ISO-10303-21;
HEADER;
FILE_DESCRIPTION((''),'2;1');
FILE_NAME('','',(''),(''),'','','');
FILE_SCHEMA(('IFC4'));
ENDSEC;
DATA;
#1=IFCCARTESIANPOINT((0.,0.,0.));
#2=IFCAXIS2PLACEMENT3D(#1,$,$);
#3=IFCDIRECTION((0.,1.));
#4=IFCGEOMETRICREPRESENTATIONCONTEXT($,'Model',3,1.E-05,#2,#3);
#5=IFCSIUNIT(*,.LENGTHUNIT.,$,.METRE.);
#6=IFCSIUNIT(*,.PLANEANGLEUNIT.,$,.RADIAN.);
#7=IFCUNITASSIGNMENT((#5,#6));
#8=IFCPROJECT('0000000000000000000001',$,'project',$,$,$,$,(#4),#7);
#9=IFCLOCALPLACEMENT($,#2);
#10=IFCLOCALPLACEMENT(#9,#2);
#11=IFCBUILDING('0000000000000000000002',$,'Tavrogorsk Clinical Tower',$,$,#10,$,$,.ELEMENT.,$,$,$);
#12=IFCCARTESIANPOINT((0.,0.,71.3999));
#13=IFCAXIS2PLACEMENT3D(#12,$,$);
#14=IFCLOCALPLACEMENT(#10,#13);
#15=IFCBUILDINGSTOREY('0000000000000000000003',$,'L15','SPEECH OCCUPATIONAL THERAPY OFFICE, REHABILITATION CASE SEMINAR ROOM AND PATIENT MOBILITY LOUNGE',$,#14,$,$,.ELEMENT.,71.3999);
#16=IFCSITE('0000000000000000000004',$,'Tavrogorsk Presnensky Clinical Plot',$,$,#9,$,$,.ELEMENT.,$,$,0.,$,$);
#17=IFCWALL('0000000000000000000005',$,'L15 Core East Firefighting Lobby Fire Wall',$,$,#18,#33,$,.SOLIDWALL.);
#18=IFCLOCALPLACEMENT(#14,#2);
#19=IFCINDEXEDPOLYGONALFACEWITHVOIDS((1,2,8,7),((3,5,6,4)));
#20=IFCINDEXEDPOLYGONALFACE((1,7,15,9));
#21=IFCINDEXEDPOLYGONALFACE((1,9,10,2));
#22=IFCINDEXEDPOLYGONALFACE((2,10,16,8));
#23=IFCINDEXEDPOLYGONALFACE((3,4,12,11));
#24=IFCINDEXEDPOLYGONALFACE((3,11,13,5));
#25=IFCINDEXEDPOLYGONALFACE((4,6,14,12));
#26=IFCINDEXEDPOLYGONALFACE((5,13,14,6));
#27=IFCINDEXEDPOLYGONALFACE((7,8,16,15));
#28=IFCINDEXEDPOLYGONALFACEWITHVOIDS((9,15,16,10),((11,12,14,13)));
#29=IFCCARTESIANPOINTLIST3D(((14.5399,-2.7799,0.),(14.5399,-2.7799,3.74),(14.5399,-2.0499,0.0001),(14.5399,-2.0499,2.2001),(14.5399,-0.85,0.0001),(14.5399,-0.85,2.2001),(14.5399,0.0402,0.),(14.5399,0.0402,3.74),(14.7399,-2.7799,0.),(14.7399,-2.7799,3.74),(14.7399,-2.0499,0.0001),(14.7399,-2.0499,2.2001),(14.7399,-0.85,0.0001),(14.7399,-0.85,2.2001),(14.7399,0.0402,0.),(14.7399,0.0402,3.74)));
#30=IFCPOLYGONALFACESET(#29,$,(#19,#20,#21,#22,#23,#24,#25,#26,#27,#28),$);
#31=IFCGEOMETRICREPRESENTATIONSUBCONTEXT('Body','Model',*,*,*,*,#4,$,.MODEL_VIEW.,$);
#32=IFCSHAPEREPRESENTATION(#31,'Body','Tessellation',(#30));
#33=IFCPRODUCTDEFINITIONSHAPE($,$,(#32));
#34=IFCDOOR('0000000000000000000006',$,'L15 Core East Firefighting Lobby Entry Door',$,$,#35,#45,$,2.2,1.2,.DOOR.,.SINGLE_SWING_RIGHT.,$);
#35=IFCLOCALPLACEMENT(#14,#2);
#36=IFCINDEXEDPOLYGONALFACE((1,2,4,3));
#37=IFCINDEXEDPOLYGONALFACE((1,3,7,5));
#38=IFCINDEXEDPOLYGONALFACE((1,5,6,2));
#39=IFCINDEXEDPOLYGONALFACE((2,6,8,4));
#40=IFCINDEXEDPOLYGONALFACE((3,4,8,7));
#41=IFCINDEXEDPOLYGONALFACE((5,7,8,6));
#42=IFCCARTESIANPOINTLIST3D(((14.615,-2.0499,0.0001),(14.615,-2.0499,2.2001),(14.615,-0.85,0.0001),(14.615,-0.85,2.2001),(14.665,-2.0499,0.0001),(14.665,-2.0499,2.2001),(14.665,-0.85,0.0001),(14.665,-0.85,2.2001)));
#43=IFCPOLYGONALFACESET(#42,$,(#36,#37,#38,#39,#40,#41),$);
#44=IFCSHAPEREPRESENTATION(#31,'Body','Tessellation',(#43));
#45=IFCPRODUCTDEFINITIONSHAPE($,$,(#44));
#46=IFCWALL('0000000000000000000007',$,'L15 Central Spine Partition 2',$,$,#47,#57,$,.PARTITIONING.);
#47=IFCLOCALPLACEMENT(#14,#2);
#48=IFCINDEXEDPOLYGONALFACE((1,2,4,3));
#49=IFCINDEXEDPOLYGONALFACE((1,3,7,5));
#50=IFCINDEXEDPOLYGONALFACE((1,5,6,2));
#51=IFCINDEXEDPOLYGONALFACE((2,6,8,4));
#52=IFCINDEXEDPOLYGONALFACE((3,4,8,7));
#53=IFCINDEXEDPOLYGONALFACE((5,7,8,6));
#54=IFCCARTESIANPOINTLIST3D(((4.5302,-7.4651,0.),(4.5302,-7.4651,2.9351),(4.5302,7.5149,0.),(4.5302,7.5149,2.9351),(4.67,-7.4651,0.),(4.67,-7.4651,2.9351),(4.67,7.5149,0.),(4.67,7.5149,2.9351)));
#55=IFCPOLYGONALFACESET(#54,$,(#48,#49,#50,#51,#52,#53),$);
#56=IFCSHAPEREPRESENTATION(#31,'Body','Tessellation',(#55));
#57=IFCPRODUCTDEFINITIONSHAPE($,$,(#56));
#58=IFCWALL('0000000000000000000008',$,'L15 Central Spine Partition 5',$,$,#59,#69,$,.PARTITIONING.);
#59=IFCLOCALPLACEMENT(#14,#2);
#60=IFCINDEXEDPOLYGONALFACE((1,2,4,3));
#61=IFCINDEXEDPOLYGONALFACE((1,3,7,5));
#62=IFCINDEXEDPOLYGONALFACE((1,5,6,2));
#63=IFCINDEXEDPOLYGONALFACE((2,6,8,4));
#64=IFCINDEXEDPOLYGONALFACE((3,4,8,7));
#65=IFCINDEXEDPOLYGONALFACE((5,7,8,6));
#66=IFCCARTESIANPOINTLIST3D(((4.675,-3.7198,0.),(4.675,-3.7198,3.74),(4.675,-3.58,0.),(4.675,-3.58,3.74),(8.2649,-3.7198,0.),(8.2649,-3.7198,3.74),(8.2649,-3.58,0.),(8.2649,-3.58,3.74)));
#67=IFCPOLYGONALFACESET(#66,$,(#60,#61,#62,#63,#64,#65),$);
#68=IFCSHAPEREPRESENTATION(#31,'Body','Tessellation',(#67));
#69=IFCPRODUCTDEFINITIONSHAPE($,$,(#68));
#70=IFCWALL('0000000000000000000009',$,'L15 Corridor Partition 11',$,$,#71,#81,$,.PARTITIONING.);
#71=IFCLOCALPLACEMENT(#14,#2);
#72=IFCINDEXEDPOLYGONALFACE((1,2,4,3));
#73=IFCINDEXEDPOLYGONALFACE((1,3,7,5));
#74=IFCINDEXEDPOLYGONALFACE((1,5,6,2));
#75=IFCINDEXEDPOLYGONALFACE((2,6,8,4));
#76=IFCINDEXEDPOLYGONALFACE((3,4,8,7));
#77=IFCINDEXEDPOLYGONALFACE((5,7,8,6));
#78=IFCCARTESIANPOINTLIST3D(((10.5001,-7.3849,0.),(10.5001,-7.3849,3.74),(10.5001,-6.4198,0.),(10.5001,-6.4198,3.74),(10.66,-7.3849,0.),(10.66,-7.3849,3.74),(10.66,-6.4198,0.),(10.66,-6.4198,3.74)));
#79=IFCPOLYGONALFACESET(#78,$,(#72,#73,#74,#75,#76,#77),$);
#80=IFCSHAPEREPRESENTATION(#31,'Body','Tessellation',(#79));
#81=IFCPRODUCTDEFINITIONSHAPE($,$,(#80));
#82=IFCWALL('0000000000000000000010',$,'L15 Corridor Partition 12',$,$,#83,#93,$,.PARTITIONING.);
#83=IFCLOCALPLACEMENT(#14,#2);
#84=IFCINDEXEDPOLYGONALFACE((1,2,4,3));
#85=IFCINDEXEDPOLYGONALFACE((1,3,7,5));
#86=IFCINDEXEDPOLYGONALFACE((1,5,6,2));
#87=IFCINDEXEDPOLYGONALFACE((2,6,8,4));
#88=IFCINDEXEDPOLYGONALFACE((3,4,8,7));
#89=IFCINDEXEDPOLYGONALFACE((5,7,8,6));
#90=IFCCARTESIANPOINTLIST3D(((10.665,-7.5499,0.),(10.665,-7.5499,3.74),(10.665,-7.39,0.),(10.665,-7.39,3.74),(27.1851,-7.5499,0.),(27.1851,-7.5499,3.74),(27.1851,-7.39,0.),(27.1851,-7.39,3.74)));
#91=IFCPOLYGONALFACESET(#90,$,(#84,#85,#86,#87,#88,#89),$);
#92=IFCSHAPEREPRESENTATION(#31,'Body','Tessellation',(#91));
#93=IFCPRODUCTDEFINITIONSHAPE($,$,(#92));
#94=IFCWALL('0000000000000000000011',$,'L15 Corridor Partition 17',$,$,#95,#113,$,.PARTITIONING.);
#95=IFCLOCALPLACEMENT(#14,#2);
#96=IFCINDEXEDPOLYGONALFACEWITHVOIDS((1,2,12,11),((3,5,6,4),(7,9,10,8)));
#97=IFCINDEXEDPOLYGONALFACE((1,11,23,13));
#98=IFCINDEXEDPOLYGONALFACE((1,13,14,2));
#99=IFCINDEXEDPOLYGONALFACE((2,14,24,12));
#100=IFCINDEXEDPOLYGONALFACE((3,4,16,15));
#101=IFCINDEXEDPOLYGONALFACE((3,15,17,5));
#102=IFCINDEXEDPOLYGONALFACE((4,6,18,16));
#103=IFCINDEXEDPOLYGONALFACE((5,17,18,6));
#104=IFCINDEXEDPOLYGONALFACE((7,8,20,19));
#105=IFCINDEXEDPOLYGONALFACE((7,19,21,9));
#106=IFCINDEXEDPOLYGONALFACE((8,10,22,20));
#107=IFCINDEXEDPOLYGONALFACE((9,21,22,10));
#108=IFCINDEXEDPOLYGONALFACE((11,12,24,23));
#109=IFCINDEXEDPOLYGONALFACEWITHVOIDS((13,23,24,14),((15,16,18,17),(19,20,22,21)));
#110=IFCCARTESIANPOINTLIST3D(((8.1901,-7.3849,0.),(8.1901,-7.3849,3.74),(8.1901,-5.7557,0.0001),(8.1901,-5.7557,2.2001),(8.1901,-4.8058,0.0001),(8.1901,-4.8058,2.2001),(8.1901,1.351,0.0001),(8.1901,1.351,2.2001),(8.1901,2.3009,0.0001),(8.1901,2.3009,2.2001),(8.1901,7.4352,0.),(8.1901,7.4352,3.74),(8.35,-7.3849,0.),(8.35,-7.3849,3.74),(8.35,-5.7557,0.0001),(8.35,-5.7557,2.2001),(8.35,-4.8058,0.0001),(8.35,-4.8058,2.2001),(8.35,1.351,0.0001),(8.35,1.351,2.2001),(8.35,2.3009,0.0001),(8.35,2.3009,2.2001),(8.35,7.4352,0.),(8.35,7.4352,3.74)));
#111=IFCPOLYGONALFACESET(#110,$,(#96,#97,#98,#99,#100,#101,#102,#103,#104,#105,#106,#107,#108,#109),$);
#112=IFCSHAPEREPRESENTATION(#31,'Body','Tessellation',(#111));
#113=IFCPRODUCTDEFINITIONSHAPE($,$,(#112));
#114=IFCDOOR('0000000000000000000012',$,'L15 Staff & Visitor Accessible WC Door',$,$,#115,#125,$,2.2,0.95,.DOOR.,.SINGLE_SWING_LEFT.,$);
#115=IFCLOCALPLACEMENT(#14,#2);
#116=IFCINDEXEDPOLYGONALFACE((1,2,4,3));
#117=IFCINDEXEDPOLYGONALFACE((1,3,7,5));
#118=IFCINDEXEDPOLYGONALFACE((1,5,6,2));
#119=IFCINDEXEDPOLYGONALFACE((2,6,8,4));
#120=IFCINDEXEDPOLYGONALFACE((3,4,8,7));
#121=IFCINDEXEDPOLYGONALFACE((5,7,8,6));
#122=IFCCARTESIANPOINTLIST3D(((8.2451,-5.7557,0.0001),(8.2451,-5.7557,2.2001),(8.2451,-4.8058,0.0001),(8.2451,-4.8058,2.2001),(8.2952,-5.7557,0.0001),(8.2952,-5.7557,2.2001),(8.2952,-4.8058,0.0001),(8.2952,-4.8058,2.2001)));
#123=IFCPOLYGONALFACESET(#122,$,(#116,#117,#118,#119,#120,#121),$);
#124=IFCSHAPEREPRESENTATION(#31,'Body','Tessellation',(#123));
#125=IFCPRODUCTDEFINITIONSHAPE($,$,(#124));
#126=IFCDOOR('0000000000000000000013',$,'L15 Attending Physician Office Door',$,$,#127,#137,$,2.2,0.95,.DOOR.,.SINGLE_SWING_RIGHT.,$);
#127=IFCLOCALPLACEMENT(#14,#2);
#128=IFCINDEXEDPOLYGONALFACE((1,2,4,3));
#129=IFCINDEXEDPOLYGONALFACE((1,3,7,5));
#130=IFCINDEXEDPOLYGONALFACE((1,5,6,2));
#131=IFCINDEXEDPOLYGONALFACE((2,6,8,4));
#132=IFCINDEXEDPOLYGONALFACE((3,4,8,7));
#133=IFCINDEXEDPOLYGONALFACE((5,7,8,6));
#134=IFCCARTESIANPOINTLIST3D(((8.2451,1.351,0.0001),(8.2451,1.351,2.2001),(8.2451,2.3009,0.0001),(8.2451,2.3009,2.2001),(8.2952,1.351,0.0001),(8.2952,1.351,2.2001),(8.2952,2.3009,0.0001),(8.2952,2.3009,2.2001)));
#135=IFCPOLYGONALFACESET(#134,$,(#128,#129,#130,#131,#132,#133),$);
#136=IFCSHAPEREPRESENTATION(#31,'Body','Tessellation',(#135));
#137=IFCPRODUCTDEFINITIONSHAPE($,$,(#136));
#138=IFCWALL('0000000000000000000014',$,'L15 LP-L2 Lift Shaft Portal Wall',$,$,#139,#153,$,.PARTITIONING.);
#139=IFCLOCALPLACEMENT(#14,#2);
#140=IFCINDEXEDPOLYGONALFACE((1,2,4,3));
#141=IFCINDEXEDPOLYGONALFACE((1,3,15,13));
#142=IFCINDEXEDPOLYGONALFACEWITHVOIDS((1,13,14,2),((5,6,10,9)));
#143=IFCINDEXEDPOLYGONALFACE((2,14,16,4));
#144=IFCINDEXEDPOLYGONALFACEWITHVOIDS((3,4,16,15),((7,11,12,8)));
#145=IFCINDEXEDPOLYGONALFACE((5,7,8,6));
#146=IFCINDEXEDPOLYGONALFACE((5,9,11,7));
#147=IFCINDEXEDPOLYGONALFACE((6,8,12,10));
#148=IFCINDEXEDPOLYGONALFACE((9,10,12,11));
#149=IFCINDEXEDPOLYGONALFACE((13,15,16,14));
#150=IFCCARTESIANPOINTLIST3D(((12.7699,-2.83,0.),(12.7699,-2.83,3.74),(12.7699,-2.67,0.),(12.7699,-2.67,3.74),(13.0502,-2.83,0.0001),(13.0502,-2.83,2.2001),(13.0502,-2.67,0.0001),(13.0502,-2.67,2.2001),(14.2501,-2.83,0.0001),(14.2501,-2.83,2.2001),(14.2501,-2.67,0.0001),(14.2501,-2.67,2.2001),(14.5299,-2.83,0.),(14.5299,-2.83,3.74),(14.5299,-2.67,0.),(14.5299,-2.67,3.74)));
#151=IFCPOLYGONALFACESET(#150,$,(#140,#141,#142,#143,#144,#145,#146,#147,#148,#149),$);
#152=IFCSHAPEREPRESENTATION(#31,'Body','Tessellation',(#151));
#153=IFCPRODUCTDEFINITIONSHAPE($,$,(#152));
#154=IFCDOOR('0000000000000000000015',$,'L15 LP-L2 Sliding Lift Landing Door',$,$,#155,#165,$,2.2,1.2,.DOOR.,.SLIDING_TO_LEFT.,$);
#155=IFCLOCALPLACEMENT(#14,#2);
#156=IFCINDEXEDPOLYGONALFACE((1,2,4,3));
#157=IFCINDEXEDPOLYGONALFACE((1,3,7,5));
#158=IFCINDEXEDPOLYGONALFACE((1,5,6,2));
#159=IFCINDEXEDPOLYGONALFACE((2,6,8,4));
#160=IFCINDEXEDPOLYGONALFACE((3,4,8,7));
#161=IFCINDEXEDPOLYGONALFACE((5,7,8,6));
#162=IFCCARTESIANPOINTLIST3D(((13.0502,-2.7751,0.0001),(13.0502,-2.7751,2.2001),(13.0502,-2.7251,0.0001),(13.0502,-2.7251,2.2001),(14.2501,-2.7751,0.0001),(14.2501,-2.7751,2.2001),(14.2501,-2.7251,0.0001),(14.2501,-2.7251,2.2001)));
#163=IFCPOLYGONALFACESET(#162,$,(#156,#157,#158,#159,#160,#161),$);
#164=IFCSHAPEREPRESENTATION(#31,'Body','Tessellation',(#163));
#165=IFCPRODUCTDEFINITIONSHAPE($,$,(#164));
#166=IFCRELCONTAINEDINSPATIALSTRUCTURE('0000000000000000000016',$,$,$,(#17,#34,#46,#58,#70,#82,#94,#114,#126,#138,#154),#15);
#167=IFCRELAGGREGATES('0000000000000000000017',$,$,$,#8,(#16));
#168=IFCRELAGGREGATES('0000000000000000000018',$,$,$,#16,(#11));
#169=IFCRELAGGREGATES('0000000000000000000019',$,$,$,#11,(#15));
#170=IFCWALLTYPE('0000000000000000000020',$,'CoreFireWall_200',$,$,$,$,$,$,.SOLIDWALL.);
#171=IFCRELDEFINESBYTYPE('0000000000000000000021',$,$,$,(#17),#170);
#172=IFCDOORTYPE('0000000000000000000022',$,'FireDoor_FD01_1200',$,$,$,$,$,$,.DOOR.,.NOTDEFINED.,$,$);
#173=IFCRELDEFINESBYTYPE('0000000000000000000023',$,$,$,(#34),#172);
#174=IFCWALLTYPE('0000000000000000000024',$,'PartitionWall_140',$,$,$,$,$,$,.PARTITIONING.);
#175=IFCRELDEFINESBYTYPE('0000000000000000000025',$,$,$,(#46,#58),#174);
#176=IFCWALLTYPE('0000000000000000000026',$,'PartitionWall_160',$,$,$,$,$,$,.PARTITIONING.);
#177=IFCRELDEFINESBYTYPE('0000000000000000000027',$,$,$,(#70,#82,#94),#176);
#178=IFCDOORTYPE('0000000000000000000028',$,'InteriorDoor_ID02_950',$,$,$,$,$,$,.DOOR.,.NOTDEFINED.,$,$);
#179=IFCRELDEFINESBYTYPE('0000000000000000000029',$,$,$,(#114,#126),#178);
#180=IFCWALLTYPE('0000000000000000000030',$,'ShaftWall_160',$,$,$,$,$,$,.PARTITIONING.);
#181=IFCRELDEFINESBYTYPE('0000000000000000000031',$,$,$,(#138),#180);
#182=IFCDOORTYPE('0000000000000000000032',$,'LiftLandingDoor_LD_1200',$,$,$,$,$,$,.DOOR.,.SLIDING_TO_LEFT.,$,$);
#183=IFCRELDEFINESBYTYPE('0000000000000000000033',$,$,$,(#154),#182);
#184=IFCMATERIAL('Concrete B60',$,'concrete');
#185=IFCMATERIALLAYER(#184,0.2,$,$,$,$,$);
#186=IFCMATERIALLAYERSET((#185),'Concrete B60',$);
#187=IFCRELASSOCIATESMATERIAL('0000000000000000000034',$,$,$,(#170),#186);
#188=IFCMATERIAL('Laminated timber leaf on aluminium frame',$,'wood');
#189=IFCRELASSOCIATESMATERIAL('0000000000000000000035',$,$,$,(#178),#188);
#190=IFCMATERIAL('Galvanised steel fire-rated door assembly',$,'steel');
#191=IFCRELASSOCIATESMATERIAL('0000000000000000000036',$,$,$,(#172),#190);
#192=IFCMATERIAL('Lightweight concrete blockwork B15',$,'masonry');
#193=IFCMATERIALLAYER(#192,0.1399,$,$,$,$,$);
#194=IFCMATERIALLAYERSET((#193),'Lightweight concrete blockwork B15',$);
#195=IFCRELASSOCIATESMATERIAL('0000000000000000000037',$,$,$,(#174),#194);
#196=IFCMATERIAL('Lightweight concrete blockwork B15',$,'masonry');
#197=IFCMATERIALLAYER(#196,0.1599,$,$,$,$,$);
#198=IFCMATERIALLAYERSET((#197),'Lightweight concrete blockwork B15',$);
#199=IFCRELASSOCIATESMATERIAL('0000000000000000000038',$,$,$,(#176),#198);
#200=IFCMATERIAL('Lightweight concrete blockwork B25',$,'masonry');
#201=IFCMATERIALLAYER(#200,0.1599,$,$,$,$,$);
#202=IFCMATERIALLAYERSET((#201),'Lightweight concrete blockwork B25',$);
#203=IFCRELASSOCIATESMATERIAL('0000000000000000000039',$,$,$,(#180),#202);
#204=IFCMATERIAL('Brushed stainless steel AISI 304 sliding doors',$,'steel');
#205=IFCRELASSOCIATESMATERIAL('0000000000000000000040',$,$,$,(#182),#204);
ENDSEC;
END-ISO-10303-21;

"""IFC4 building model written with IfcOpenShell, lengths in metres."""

from ifc_helpers import new_model, si_unit, direction, frame, frame_2d, origin, place, context, subcontext, project, spatial, rectangle, extrude, material, layer, layer_set, type_object, element, fill, save


model = new_model("IFC4")

# Units and contexts
model_context = context("Model", 3, precision=1e-05, world=origin(), true_north=direction((0.0, 1.0)))
body_context = subcontext(model_context, "Body", "Model", "MODEL_VIEW")
ifc_project = project(units=[si_unit("LENGTHUNIT", "METRE"), si_unit("PLANEANGLEUNIT", "RADIAN")], contexts=[model_context])

# Site, building, storey
site_placement = place(None, origin())
site = spatial("IfcSite", under=ifc_project, at=site_placement, Name="Tavrogorsk Presnensky Clinical Plot", CompositionType="ELEMENT", RefElevation=0.0)
building_placement = place(site_placement, origin())
building = spatial("IfcBuilding", under=site, at=building_placement, Name="Tavrogorsk Clinical Tower", CompositionType="ELEMENT")
storey_placement = place(building_placement, frame((0.0, 0.0, 71.3999)))
storey = spatial("IfcBuildingStorey", under=building, at=storey_placement, Name="L15", Description="SPEECH OCCUPATIONAL THERAPY OFFICE, REHABILITATION CASE SEMINAR ROOM AND PATIENT MOBILITY LOUNGE", CompositionType="ELEMENT", Elevation=71.3999)

# Wall, opening, door
ifc_material_1 = material(Name="Concrete B60", Category="concrete")
ifc_layer_1 = layer(ifc_material_1, 0.2)
ifc_layer_set_1 = layer_set([ifc_layer_1], Name="Concrete B60")
wall_type_1 = type_object("IfcWallType", Name="CoreFireWall_200", PredefinedType="SOLIDWALL", material=ifc_layer_set_1)
ifc_material_2 = material(Name="Laminated timber leaf on aluminium frame", Category="wood")
door_type_1 = type_object("IfcDoorType", Name="InteriorDoor_ID02_950", OperationType="NOTDEFINED", PredefinedType="DOOR", material=ifc_material_2)
wall_1_placement = place(storey_placement, frame((14.6399, -2.78, 0.0), z_axis=(0.0, 0.0, 1.0), x_axis=(0.0, 1.0, 0.0)))
wall_1 = element("IfcWall", 1, at=wall_1_placement, inside=storey, type_object=wall_type_1, Name="L15 Core East Firefighting Lobby Fire Wall", PredefinedType="SOLIDWALL", context=body_context, shape_type="SweptSolid", body=[
    extrude(rectangle(XDim=2.8201, YDim=0.2, at=frame_2d((1.4102, 0.0))), origin(), (0.0, 0.0, 1.0), 3.74),
])
opening_1_placement = place(wall_1_placement, frame((0.73, 0.0, 0.0)))
opening_1 = element("IfcOpeningElement", 2, at=opening_1_placement, cuts=wall_1, PredefinedType="OPENING", context=body_context, shape_type="SweptSolid", body=[
    extrude(rectangle(XDim=1.2, YDim=2.2, at=frame_2d((0.6001, 1.1001))), frame((0.0, 0.1099, 0.0), z_axis=(0.0, -1.0, 0.0), x_axis=(1.0, 0.0, 0.0)), (0.0, 0.0, 1.0), 0.22),
])
ifc_material_3 = material(Name="Galvanised steel fire-rated door assembly", Category="steel")
door_type_2 = type_object("IfcDoorType", Name="FireDoor_FD01_1200", OperationType="NOTDEFINED", PredefinedType="DOOR", material=ifc_material_3)
door_1_placement = place(opening_1_placement, origin())
door_1 = element("IfcDoor", 3, at=door_1_placement, inside=storey, type_object=door_type_2, Name="L15 Core East Firefighting Lobby Entry Door", OperationType="SINGLE_SWING_RIGHT", OverallHeight=2.2, OverallWidth=1.2, PredefinedType="DOOR", context=body_context, shape_type="SweptSolid", body=[
    extrude(rectangle(XDim=1.2, YDim=2.2, at=frame_2d((0.6001, 1.1001))), frame((0.0, 0.0249, 0.0), z_axis=(0.0, -1.0, 0.0), x_axis=(1.0, 0.0, 0.0)), (0.0, 0.0, 1.0), 0.05),
])
fill(opening_1, door_1)

# Walls
ifc_material_4 = material(Name="Lightweight concrete blockwork B15", Category="masonry")
ifc_layer_2 = layer(ifc_material_4, 0.1399)
ifc_layer_set_2 = layer_set([ifc_layer_2], Name="Lightweight concrete blockwork B15")
wall_type_2 = type_object("IfcWallType", Name="PartitionWall_140", PredefinedType="PARTITIONING", material=ifc_layer_set_2)
wall_2_placement = place(storey_placement, frame((4.6001, -7.4651, 0.0), z_axis=(0.0, 0.0, 1.0), x_axis=(0.0, 1.0, 0.0)))
element("IfcWall", 4, at=wall_2_placement, inside=storey, type_object=wall_type_2, Name="L15 Central Spine Partition 2", PredefinedType="PARTITIONING", context=body_context, shape_type="SweptSolid", body=[
    extrude(rectangle(XDim=14.98, YDim=0.1399, at=frame_2d((7.49, 0.0))), origin(), (0.0, 0.0, 1.0), 2.9351),
])
wall_3_placement = place(storey_placement, frame((4.675, -3.6499, 0.0), z_axis=(0.0, 0.0, 1.0), x_axis=(1.0, 0.0, 0.0)))
element("IfcWall", 5, at=wall_3_placement, inside=storey, type_object=wall_type_2, Name="L15 Central Spine Partition 5", PredefinedType="PARTITIONING", context=body_context, shape_type="SweptSolid", body=[
    extrude(rectangle(XDim=3.5898, YDim=0.1399, at=frame_2d((1.7949, 0.0))), origin(), (0.0, 0.0, 1.0), 3.74),
])
ifc_material_5 = material(Name="Lightweight concrete blockwork B15", Category="masonry")
ifc_layer_3 = layer(ifc_material_5, 0.1599)
ifc_layer_set_3 = layer_set([ifc_layer_3], Name="Lightweight concrete blockwork B15")
wall_type_3 = type_object("IfcWallType", Name="PartitionWall_160", PredefinedType="PARTITIONING", material=ifc_layer_set_3)
wall_4_placement = place(storey_placement, frame((10.5801, -6.4199, 0.0), z_axis=(0.0, 0.0, 1.0), x_axis=(0.0, -1.0, 0.0)))
element("IfcWall", 6, at=wall_4_placement, inside=storey, type_object=wall_type_3, Name="L15 Corridor Partition 11", PredefinedType="PARTITIONING", context=body_context, shape_type="SweptSolid", body=[
    extrude(rectangle(XDim=0.9651, YDim=0.1599, at=frame_2d((0.4824, 0.0))), origin(), (0.0, 0.0, 1.0), 3.74),
])
wall_5_placement = place(storey_placement, frame((10.665, -7.47, 0.0), z_axis=(0.0, 0.0, 1.0), x_axis=(1.0, 0.0, 0.0)))
element("IfcWall", 7, at=wall_5_placement, inside=storey, type_object=wall_type_3, Name="L15 Corridor Partition 12", PredefinedType="PARTITIONING", context=body_context, shape_type="SweptSolid", body=[
    extrude(rectangle(XDim=16.52, YDim=0.1599, at=frame_2d((8.26, 0.0))), origin(), (0.0, 0.0, 1.0), 3.74),
])

# Wall, openings, doors
wall_6_placement = place(storey_placement, frame((8.27, -7.385, 0.0), z_axis=(0.0, 0.0, 1.0), x_axis=(0.0, 1.0, 0.0)))
wall_6 = element("IfcWall", 8, at=wall_6_placement, inside=storey, type_object=wall_type_3, Name="L15 Corridor Partition 17", PredefinedType="PARTITIONING", context=body_context, shape_type="SweptSolid", body=[
    extrude(rectangle(XDim=14.8201, YDim=0.1599, at=frame_2d((7.4102, 0.0))), origin(), (0.0, 0.0, 1.0), 3.74),
])
opening_2_placement = place(wall_6_placement, frame((1.6292, 0.0, 0.0)))
opening_2 = element("IfcOpeningElement", 9, at=opening_2_placement, cuts=wall_6, PredefinedType="OPENING", context=body_context, shape_type="SweptSolid", body=[
    extrude(rectangle(XDim=0.95, YDim=2.2, at=frame_2d((0.4751, 1.1001))), frame((0.0, 0.0898, 0.0), z_axis=(0.0, -1.0, 0.0), x_axis=(1.0, 0.0, 0.0)), (0.0, 0.0, 1.0), 0.1799),
])
opening_3_placement = place(wall_6_placement, frame((8.7358, 0.0, 0.0)))
opening_3 = element("IfcOpeningElement", 10, at=opening_3_placement, cuts=wall_6, PredefinedType="OPENING", context=body_context, shape_type="SweptSolid", body=[
    extrude(rectangle(XDim=0.95, YDim=2.2, at=frame_2d((0.4751, 1.1001))), frame((0.0, 0.0898, 0.0), z_axis=(0.0, -1.0, 0.0), x_axis=(1.0, 0.0, 0.0)), (0.0, 0.0, 1.0), 0.1799),
])
door_2_placement = place(opening_2_placement, origin())
door_2 = element("IfcDoor", 11, at=door_2_placement, inside=storey, type_object=door_type_1, Name="L15 Staff & Visitor Accessible WC Door", OperationType="SINGLE_SWING_LEFT", OverallHeight=2.2, OverallWidth=0.95, PredefinedType="DOOR", context=body_context, shape_type="SweptSolid", body=[
    extrude(rectangle(XDim=0.95, YDim=2.2, at=frame_2d((0.4751, 1.1001))), frame((0.0, 0.0249, 0.0), z_axis=(0.0, -1.0, 0.0), x_axis=(1.0, 0.0, 0.0)), (0.0, 0.0, 1.0), 0.05),
])
fill(opening_2, door_2)
door_3_placement = place(opening_3_placement, origin())
door_3 = element("IfcDoor", 12, at=door_3_placement, inside=storey, type_object=door_type_1, Name="L15 Attending Physician Office Door", OperationType="SINGLE_SWING_RIGHT", OverallHeight=2.2, OverallWidth=0.95, PredefinedType="DOOR", context=body_context, shape_type="SweptSolid", body=[
    extrude(rectangle(XDim=0.95, YDim=2.2, at=frame_2d((0.4751, 1.1001))), frame((0.0, 0.0249, 0.0), z_axis=(0.0, -1.0, 0.0), x_axis=(1.0, 0.0, 0.0)), (0.0, 0.0, 1.0), 0.05),
])
fill(opening_3, door_3)

# Wall, opening, door
ifc_material_6 = material(Name="Lightweight concrete blockwork B25", Category="masonry")
ifc_layer_4 = layer(ifc_material_6, 0.1599)
ifc_layer_set_4 = layer_set([ifc_layer_4], Name="Lightweight concrete blockwork B25")
wall_type_4 = type_object("IfcWallType", Name="ShaftWall_160", PredefinedType="PARTITIONING", material=ifc_layer_set_4)
wall_7_placement = place(storey_placement, frame((12.77, -2.75, 0.0), z_axis=(0.0, 0.0, 1.0), x_axis=(1.0, 0.0, 0.0)))
wall_7 = element("IfcWall", 13, at=wall_7_placement, inside=storey, type_object=wall_type_4, Name="L15 LP-L2 Lift Shaft Portal Wall", PredefinedType="PARTITIONING", context=body_context, shape_type="SweptSolid", body=[
    extrude(rectangle(XDim=1.76, YDim=0.1599, at=frame_2d((0.8799, 0.0))), origin(), (0.0, 0.0, 1.0), 3.74),
])
opening_4_placement = place(wall_7_placement, frame((0.28, 0.0, 0.0)))
opening_4 = element("IfcOpeningElement", 14, at=opening_4_placement, cuts=wall_7, PredefinedType="OPENING", context=body_context, shape_type="SweptSolid", body=[
    extrude(rectangle(XDim=1.2, YDim=2.2, at=frame_2d((0.6001, 1.1001))), frame((0.0, 0.0898, 0.0), z_axis=(0.0, -1.0, 0.0), x_axis=(1.0, 0.0, 0.0)), (0.0, 0.0, 1.0), 0.1799),
])
ifc_material_7 = material(Name="Brushed stainless steel AISI 304 sliding doors", Category="steel")
door_type_3 = type_object("IfcDoorType", Name="LiftLandingDoor_LD_1200", OperationType="SLIDING_TO_LEFT", PredefinedType="DOOR", material=ifc_material_7)
door_4_placement = place(opening_4_placement, origin())
door_4 = element("IfcDoor", 15, at=door_4_placement, inside=storey, type_object=door_type_3, Name="L15 LP-L2 Sliding Lift Landing Door", OperationType="SLIDING_TO_LEFT", OverallHeight=2.2, OverallWidth=1.2, PredefinedType="DOOR", context=body_context, shape_type="SweptSolid", body=[
    extrude(rectangle(XDim=1.2, YDim=2.2, at=frame_2d((0.6001, 1.1001))), frame((0.0, 0.0249, 0.0), z_axis=(0.0, -1.0, 0.0), x_axis=(1.0, 0.0, 0.0)), (0.0, 0.0, 1.0), 0.05),
])
fill(opening_4, door_4)

save(model, "model.ifc")
